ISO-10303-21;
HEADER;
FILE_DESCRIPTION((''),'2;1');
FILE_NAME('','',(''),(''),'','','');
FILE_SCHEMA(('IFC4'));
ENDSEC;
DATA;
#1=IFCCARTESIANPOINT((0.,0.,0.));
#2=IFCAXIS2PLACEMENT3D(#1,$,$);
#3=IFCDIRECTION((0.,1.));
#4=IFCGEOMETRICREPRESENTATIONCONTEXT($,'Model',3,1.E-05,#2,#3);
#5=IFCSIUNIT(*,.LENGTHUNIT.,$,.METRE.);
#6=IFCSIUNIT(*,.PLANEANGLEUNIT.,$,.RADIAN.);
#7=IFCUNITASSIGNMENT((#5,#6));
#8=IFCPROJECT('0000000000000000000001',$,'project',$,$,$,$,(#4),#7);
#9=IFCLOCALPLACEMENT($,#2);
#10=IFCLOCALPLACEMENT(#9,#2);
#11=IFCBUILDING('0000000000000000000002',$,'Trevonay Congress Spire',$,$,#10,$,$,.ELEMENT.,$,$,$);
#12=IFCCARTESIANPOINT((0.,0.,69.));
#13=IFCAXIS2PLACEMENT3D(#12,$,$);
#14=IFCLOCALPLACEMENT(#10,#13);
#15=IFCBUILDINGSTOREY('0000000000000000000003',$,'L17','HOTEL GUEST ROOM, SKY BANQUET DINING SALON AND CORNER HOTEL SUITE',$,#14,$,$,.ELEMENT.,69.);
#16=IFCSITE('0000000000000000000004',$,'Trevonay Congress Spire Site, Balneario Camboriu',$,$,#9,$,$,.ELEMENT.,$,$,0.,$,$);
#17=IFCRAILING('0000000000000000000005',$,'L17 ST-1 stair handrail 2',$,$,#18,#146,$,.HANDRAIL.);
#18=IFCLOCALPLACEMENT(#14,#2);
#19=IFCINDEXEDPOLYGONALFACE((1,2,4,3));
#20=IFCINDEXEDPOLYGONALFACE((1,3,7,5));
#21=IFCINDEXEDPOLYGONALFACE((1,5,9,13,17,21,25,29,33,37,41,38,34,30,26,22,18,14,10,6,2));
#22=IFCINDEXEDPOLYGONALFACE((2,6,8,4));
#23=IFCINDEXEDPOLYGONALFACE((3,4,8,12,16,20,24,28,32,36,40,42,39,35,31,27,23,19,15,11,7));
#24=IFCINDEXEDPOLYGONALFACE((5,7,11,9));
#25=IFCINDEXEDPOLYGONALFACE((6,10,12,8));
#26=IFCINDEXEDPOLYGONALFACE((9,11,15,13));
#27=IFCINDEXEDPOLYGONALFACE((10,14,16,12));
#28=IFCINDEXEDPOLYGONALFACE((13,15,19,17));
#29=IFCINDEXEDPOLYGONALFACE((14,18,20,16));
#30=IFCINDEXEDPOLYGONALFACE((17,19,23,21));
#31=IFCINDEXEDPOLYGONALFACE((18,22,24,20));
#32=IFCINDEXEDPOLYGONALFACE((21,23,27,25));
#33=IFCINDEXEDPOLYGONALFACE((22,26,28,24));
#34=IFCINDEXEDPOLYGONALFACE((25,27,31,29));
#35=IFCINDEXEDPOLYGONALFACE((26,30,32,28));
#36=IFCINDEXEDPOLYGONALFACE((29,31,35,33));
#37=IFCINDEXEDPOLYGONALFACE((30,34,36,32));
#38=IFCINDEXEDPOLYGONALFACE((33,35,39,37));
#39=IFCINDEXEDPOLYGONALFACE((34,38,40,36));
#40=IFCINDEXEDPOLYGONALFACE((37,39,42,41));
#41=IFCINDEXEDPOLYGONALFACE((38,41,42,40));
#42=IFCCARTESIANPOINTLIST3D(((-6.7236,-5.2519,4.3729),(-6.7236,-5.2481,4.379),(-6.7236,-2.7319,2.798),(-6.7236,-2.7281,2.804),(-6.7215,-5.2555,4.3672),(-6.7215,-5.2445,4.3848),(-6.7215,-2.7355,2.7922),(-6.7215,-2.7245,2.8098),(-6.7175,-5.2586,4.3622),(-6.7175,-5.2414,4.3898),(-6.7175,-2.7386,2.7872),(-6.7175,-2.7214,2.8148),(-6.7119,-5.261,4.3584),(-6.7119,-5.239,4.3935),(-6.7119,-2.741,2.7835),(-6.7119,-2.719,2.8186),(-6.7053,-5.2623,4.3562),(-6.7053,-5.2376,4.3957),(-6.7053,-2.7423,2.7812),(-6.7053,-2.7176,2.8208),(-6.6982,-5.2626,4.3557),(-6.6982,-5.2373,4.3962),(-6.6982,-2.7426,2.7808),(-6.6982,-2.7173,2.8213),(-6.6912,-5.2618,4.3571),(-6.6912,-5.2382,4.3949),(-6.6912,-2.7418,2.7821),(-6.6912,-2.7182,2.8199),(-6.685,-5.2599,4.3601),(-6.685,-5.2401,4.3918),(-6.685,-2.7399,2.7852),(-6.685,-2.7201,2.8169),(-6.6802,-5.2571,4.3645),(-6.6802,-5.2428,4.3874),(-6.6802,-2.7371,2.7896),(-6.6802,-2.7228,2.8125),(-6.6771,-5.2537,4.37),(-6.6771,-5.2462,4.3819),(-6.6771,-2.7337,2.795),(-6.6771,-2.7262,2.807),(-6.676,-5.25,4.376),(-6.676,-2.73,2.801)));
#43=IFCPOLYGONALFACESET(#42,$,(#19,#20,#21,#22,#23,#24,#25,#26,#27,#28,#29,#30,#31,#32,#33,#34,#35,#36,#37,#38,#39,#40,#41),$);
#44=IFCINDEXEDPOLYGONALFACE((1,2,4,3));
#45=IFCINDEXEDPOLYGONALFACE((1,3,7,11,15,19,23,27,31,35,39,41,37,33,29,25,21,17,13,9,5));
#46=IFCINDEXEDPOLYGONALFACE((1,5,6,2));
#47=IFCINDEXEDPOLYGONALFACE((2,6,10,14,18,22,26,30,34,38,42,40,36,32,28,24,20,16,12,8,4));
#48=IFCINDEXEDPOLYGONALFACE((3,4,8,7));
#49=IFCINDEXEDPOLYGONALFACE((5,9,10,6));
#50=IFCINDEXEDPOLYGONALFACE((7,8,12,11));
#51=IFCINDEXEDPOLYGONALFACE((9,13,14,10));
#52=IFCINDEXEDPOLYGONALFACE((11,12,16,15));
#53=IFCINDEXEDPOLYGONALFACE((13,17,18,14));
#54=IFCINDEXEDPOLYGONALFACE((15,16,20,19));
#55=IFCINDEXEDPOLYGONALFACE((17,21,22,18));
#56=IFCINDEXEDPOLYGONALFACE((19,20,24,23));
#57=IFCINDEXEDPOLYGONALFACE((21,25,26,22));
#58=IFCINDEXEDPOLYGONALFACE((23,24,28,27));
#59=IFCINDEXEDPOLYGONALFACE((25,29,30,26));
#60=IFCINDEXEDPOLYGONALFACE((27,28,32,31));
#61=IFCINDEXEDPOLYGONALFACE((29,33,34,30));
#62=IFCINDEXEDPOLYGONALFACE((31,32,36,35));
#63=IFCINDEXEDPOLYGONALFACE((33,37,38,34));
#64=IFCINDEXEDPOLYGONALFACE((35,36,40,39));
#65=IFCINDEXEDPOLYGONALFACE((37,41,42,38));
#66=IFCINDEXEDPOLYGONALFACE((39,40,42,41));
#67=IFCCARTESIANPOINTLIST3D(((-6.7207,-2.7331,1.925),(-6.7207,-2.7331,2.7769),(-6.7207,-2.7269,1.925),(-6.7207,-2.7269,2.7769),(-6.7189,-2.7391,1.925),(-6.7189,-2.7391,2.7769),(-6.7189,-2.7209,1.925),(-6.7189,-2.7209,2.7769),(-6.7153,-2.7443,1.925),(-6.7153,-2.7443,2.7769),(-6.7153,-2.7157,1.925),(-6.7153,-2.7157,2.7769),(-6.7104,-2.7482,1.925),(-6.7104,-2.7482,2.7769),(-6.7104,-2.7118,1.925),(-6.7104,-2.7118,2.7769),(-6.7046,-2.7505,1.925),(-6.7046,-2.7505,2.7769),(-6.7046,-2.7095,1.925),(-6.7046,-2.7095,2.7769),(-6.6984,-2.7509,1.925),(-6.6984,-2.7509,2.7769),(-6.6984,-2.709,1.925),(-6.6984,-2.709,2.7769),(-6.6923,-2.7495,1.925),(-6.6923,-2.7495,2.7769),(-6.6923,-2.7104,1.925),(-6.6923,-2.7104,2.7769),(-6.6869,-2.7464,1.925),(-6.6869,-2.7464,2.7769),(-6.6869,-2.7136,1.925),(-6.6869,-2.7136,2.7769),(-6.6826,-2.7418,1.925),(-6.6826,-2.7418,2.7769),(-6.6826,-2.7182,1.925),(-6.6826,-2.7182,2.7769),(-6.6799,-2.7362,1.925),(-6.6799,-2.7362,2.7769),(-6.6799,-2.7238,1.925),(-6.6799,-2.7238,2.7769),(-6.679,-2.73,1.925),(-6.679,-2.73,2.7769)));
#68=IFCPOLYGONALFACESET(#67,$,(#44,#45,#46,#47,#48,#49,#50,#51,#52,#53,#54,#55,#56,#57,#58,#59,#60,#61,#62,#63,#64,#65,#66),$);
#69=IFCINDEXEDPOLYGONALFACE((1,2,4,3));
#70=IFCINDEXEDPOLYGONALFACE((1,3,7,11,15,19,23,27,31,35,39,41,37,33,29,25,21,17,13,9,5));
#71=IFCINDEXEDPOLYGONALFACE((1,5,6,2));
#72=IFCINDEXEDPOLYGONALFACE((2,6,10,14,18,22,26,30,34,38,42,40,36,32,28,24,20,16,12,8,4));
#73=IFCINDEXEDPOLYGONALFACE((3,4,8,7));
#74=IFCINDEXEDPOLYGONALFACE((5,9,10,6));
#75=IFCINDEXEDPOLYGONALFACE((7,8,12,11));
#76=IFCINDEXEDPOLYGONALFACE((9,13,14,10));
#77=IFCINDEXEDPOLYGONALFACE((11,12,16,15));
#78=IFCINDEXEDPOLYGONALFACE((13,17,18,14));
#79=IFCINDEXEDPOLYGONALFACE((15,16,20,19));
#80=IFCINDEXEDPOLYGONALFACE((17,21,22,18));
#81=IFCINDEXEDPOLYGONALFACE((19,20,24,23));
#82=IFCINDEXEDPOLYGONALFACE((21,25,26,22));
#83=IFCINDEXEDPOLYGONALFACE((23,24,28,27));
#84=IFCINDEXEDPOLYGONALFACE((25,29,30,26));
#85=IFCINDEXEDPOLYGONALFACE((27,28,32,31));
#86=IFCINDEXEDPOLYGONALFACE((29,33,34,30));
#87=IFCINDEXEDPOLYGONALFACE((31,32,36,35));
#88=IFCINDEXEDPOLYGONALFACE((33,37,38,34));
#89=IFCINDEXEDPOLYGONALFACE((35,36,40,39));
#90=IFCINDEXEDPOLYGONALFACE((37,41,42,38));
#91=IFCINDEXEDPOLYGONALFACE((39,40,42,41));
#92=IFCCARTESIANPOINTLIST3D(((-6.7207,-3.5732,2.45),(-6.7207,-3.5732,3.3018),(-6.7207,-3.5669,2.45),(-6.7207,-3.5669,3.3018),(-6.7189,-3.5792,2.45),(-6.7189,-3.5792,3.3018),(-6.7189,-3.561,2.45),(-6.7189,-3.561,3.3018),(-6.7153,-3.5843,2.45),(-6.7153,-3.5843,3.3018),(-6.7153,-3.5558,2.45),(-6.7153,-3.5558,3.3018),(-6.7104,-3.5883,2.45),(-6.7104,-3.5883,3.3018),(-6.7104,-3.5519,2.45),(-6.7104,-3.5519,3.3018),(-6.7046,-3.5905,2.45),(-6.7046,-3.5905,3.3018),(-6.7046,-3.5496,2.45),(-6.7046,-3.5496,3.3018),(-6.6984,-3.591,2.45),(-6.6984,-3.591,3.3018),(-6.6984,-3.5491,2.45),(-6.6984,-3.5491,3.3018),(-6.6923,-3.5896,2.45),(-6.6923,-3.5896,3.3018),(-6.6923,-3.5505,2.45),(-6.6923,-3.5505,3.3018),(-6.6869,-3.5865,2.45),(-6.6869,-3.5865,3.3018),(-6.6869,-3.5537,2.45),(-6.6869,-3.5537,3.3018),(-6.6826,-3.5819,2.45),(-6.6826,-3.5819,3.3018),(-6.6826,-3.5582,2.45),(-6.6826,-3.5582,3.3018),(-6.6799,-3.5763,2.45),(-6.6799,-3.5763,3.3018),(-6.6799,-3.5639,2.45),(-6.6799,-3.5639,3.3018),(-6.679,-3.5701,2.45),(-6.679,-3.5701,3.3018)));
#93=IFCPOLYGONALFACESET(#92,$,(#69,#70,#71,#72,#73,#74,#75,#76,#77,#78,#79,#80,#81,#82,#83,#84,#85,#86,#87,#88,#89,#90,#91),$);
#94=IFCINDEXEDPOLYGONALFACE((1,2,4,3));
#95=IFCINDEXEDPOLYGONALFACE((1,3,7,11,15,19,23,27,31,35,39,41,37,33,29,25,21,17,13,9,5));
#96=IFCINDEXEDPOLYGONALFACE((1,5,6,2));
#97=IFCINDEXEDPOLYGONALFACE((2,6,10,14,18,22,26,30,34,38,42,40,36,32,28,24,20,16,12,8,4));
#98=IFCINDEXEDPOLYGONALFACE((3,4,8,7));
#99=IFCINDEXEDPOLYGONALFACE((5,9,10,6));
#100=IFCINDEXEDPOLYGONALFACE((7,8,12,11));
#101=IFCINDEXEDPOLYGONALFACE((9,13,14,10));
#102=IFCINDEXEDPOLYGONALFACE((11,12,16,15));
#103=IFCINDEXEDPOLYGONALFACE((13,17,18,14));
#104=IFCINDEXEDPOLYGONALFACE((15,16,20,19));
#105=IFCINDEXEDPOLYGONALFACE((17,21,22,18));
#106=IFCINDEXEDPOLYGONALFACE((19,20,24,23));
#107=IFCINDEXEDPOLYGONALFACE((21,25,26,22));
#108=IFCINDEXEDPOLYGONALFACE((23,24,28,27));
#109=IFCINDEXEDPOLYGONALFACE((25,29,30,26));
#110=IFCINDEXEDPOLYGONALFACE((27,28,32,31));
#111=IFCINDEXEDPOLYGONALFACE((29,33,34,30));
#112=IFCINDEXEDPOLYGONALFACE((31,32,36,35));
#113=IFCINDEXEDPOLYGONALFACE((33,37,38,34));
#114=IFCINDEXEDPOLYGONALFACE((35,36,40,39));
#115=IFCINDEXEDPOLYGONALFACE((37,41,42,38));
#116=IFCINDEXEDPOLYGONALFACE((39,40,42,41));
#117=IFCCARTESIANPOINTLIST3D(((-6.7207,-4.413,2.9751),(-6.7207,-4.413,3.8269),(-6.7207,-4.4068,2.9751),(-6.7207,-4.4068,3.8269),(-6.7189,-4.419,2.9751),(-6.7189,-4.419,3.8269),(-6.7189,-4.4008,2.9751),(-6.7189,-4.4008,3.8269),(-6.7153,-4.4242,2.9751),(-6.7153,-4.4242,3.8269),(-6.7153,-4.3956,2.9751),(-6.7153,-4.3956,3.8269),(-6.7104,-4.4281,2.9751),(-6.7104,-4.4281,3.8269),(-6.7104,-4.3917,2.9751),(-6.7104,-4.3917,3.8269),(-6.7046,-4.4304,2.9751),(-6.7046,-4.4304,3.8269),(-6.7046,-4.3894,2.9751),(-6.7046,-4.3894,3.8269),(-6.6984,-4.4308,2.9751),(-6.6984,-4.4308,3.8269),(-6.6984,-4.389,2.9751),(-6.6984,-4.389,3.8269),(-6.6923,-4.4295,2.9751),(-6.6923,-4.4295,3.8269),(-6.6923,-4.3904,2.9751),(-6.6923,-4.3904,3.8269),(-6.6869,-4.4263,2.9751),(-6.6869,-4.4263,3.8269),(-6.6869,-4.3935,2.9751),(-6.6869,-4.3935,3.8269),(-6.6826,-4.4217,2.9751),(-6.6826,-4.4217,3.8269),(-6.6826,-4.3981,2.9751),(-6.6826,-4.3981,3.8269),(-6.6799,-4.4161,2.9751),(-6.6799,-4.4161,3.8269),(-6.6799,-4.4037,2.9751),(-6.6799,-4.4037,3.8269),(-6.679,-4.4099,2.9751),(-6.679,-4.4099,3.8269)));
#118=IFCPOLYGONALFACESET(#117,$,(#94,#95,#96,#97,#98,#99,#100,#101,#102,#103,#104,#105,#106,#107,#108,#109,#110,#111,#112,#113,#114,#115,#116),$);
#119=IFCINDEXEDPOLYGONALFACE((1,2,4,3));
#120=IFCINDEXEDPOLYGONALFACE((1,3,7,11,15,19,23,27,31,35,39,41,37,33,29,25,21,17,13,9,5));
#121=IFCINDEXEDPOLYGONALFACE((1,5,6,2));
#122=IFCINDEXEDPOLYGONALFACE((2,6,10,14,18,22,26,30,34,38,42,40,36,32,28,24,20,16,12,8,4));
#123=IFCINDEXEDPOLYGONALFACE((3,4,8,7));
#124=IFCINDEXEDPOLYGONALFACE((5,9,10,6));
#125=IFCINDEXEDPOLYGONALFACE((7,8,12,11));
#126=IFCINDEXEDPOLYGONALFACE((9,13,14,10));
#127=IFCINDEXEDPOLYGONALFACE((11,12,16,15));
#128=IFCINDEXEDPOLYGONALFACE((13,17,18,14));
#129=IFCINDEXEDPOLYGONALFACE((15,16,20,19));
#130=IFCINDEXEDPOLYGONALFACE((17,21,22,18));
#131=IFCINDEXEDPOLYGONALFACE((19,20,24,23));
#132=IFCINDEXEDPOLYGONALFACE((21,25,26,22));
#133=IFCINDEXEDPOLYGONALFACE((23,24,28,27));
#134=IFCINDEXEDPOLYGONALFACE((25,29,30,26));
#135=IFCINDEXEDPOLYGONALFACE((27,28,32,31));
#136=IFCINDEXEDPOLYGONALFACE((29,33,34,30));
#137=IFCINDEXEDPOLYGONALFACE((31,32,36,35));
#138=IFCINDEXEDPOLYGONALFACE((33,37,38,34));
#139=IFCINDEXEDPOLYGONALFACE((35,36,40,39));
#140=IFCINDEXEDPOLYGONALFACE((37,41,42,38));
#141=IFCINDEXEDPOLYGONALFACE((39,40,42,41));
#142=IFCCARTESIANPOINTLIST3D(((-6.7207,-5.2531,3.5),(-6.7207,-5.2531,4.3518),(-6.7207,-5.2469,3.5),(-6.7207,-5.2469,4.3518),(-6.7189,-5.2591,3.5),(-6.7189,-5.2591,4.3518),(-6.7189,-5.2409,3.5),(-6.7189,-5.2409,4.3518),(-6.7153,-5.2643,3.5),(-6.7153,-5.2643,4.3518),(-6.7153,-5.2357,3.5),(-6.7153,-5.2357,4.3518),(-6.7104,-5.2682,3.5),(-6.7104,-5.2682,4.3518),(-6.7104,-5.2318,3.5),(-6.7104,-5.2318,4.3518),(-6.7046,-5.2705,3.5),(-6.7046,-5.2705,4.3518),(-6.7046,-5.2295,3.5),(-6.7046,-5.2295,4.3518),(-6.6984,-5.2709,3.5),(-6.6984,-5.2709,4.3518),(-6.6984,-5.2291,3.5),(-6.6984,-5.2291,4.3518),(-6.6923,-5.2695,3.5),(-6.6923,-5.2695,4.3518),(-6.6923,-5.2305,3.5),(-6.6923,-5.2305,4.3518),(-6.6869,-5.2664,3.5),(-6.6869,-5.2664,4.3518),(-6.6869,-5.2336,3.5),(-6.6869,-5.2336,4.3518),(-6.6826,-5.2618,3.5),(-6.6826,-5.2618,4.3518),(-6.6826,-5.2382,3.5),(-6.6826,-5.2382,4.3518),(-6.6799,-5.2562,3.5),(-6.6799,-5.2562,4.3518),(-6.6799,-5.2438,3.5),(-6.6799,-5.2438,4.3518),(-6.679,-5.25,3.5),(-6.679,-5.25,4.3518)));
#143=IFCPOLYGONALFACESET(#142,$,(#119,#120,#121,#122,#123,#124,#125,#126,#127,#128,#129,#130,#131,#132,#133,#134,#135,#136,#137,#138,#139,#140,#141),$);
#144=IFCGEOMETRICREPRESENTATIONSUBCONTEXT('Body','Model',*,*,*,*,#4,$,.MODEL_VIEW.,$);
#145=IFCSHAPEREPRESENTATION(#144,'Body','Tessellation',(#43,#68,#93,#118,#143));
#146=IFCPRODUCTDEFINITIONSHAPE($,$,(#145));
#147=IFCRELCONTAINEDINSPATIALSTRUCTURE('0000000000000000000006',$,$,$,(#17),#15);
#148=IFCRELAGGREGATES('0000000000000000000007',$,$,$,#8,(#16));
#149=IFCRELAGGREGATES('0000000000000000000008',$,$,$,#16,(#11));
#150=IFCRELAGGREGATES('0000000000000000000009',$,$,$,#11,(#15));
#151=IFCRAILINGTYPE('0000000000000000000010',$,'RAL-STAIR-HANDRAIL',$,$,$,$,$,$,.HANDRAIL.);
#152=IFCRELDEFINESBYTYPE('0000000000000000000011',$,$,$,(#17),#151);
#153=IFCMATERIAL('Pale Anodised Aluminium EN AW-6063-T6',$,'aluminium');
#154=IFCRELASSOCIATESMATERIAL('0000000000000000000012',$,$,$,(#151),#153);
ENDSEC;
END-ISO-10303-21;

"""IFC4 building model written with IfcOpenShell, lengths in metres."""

from ifc_helpers import new_model, si_unit, direction, frame, origin, origin_2d, place, context, subcontext, project, spatial, circle, extrude, material, type_object, element, save


model = new_model("IFC4")

# Units and contexts
model_context = context("Model", 3, precision=1e-05, world=origin(), true_north=direction((0.0, 1.0)))
body_context = subcontext(model_context, "Body", "Model", "MODEL_VIEW")
ifc_project = project(units=[si_unit("LENGTHUNIT", "METRE"), si_unit("PLANEANGLEUNIT", "RADIAN")], contexts=[model_context])

# Site, building, storey
site_placement = place(None, origin())
site = spatial("IfcSite", under=ifc_project, at=site_placement, Name="Trevonay Congress Spire Site, Balneario Camboriu", CompositionType="ELEMENT", RefElevation=0.0)
building_placement = place(site_placement, origin())
building = spatial("IfcBuilding", under=site, at=building_placement, Name="Trevonay Congress Spire", CompositionType="ELEMENT")
storey_placement = place(building_placement, frame((0.0, 0.0, 69.0)))
storey = spatial("IfcBuildingStorey", under=building, at=storey_placement, Name="L17", Description="HOTEL GUEST ROOM, SKY BANQUET DINING SALON AND CORNER HOTEL SUITE", CompositionType="ELEMENT", Elevation=69.0)

# Shared definitions
ifc_material_1 = material(Name="Pale Anodised Aluminium EN AW-6063-T6", Category="aluminium")

# Railing
railing_type_1 = type_object("IfcRailingType", Name="RAL-STAIR-HANDRAIL", PredefinedType="HANDRAIL", material=ifc_material_1)
railing_1_placement = place(storey_placement, frame((-6.7, -2.73, 1.925)))
element("IfcRailing", 1, at=railing_1_placement, inside=storey, type_object=railing_type_1, Name="L17 ST-1 stair handrail 2", PredefinedType="HANDRAIL", context=body_context, shape_type="SweptSolid", body=[
    extrude(circle(Radius=0.0239, at=origin_2d()), frame((0.0, 0.0, 0.876), z_axis=(0.0, -0.848008, 0.529984), x_axis=(1.0, 0.0, 0.0)), (0.0, 0.0, 1.0), 2.9717),
    extrude(circle(Radius=0.021, at=origin_2d()), origin(), (0.0, 0.0, 1.0), 0.8518),
    extrude(circle(Radius=0.021, at=origin_2d()), frame((0.0, -0.8401, 0.5249)), (0.0, 0.0, 1.0), 0.8518),
    extrude(circle(Radius=0.021, at=origin_2d()), frame((0.0, -1.6799, 1.05)), (0.0, 0.0, 1.0), 0.8518),
    extrude(circle(Radius=0.021, at=origin_2d()), frame((0.0, -2.52, 1.575)), (0.0, 0.0, 1.0), 0.8518),
])

save(model, "model.ifc")
